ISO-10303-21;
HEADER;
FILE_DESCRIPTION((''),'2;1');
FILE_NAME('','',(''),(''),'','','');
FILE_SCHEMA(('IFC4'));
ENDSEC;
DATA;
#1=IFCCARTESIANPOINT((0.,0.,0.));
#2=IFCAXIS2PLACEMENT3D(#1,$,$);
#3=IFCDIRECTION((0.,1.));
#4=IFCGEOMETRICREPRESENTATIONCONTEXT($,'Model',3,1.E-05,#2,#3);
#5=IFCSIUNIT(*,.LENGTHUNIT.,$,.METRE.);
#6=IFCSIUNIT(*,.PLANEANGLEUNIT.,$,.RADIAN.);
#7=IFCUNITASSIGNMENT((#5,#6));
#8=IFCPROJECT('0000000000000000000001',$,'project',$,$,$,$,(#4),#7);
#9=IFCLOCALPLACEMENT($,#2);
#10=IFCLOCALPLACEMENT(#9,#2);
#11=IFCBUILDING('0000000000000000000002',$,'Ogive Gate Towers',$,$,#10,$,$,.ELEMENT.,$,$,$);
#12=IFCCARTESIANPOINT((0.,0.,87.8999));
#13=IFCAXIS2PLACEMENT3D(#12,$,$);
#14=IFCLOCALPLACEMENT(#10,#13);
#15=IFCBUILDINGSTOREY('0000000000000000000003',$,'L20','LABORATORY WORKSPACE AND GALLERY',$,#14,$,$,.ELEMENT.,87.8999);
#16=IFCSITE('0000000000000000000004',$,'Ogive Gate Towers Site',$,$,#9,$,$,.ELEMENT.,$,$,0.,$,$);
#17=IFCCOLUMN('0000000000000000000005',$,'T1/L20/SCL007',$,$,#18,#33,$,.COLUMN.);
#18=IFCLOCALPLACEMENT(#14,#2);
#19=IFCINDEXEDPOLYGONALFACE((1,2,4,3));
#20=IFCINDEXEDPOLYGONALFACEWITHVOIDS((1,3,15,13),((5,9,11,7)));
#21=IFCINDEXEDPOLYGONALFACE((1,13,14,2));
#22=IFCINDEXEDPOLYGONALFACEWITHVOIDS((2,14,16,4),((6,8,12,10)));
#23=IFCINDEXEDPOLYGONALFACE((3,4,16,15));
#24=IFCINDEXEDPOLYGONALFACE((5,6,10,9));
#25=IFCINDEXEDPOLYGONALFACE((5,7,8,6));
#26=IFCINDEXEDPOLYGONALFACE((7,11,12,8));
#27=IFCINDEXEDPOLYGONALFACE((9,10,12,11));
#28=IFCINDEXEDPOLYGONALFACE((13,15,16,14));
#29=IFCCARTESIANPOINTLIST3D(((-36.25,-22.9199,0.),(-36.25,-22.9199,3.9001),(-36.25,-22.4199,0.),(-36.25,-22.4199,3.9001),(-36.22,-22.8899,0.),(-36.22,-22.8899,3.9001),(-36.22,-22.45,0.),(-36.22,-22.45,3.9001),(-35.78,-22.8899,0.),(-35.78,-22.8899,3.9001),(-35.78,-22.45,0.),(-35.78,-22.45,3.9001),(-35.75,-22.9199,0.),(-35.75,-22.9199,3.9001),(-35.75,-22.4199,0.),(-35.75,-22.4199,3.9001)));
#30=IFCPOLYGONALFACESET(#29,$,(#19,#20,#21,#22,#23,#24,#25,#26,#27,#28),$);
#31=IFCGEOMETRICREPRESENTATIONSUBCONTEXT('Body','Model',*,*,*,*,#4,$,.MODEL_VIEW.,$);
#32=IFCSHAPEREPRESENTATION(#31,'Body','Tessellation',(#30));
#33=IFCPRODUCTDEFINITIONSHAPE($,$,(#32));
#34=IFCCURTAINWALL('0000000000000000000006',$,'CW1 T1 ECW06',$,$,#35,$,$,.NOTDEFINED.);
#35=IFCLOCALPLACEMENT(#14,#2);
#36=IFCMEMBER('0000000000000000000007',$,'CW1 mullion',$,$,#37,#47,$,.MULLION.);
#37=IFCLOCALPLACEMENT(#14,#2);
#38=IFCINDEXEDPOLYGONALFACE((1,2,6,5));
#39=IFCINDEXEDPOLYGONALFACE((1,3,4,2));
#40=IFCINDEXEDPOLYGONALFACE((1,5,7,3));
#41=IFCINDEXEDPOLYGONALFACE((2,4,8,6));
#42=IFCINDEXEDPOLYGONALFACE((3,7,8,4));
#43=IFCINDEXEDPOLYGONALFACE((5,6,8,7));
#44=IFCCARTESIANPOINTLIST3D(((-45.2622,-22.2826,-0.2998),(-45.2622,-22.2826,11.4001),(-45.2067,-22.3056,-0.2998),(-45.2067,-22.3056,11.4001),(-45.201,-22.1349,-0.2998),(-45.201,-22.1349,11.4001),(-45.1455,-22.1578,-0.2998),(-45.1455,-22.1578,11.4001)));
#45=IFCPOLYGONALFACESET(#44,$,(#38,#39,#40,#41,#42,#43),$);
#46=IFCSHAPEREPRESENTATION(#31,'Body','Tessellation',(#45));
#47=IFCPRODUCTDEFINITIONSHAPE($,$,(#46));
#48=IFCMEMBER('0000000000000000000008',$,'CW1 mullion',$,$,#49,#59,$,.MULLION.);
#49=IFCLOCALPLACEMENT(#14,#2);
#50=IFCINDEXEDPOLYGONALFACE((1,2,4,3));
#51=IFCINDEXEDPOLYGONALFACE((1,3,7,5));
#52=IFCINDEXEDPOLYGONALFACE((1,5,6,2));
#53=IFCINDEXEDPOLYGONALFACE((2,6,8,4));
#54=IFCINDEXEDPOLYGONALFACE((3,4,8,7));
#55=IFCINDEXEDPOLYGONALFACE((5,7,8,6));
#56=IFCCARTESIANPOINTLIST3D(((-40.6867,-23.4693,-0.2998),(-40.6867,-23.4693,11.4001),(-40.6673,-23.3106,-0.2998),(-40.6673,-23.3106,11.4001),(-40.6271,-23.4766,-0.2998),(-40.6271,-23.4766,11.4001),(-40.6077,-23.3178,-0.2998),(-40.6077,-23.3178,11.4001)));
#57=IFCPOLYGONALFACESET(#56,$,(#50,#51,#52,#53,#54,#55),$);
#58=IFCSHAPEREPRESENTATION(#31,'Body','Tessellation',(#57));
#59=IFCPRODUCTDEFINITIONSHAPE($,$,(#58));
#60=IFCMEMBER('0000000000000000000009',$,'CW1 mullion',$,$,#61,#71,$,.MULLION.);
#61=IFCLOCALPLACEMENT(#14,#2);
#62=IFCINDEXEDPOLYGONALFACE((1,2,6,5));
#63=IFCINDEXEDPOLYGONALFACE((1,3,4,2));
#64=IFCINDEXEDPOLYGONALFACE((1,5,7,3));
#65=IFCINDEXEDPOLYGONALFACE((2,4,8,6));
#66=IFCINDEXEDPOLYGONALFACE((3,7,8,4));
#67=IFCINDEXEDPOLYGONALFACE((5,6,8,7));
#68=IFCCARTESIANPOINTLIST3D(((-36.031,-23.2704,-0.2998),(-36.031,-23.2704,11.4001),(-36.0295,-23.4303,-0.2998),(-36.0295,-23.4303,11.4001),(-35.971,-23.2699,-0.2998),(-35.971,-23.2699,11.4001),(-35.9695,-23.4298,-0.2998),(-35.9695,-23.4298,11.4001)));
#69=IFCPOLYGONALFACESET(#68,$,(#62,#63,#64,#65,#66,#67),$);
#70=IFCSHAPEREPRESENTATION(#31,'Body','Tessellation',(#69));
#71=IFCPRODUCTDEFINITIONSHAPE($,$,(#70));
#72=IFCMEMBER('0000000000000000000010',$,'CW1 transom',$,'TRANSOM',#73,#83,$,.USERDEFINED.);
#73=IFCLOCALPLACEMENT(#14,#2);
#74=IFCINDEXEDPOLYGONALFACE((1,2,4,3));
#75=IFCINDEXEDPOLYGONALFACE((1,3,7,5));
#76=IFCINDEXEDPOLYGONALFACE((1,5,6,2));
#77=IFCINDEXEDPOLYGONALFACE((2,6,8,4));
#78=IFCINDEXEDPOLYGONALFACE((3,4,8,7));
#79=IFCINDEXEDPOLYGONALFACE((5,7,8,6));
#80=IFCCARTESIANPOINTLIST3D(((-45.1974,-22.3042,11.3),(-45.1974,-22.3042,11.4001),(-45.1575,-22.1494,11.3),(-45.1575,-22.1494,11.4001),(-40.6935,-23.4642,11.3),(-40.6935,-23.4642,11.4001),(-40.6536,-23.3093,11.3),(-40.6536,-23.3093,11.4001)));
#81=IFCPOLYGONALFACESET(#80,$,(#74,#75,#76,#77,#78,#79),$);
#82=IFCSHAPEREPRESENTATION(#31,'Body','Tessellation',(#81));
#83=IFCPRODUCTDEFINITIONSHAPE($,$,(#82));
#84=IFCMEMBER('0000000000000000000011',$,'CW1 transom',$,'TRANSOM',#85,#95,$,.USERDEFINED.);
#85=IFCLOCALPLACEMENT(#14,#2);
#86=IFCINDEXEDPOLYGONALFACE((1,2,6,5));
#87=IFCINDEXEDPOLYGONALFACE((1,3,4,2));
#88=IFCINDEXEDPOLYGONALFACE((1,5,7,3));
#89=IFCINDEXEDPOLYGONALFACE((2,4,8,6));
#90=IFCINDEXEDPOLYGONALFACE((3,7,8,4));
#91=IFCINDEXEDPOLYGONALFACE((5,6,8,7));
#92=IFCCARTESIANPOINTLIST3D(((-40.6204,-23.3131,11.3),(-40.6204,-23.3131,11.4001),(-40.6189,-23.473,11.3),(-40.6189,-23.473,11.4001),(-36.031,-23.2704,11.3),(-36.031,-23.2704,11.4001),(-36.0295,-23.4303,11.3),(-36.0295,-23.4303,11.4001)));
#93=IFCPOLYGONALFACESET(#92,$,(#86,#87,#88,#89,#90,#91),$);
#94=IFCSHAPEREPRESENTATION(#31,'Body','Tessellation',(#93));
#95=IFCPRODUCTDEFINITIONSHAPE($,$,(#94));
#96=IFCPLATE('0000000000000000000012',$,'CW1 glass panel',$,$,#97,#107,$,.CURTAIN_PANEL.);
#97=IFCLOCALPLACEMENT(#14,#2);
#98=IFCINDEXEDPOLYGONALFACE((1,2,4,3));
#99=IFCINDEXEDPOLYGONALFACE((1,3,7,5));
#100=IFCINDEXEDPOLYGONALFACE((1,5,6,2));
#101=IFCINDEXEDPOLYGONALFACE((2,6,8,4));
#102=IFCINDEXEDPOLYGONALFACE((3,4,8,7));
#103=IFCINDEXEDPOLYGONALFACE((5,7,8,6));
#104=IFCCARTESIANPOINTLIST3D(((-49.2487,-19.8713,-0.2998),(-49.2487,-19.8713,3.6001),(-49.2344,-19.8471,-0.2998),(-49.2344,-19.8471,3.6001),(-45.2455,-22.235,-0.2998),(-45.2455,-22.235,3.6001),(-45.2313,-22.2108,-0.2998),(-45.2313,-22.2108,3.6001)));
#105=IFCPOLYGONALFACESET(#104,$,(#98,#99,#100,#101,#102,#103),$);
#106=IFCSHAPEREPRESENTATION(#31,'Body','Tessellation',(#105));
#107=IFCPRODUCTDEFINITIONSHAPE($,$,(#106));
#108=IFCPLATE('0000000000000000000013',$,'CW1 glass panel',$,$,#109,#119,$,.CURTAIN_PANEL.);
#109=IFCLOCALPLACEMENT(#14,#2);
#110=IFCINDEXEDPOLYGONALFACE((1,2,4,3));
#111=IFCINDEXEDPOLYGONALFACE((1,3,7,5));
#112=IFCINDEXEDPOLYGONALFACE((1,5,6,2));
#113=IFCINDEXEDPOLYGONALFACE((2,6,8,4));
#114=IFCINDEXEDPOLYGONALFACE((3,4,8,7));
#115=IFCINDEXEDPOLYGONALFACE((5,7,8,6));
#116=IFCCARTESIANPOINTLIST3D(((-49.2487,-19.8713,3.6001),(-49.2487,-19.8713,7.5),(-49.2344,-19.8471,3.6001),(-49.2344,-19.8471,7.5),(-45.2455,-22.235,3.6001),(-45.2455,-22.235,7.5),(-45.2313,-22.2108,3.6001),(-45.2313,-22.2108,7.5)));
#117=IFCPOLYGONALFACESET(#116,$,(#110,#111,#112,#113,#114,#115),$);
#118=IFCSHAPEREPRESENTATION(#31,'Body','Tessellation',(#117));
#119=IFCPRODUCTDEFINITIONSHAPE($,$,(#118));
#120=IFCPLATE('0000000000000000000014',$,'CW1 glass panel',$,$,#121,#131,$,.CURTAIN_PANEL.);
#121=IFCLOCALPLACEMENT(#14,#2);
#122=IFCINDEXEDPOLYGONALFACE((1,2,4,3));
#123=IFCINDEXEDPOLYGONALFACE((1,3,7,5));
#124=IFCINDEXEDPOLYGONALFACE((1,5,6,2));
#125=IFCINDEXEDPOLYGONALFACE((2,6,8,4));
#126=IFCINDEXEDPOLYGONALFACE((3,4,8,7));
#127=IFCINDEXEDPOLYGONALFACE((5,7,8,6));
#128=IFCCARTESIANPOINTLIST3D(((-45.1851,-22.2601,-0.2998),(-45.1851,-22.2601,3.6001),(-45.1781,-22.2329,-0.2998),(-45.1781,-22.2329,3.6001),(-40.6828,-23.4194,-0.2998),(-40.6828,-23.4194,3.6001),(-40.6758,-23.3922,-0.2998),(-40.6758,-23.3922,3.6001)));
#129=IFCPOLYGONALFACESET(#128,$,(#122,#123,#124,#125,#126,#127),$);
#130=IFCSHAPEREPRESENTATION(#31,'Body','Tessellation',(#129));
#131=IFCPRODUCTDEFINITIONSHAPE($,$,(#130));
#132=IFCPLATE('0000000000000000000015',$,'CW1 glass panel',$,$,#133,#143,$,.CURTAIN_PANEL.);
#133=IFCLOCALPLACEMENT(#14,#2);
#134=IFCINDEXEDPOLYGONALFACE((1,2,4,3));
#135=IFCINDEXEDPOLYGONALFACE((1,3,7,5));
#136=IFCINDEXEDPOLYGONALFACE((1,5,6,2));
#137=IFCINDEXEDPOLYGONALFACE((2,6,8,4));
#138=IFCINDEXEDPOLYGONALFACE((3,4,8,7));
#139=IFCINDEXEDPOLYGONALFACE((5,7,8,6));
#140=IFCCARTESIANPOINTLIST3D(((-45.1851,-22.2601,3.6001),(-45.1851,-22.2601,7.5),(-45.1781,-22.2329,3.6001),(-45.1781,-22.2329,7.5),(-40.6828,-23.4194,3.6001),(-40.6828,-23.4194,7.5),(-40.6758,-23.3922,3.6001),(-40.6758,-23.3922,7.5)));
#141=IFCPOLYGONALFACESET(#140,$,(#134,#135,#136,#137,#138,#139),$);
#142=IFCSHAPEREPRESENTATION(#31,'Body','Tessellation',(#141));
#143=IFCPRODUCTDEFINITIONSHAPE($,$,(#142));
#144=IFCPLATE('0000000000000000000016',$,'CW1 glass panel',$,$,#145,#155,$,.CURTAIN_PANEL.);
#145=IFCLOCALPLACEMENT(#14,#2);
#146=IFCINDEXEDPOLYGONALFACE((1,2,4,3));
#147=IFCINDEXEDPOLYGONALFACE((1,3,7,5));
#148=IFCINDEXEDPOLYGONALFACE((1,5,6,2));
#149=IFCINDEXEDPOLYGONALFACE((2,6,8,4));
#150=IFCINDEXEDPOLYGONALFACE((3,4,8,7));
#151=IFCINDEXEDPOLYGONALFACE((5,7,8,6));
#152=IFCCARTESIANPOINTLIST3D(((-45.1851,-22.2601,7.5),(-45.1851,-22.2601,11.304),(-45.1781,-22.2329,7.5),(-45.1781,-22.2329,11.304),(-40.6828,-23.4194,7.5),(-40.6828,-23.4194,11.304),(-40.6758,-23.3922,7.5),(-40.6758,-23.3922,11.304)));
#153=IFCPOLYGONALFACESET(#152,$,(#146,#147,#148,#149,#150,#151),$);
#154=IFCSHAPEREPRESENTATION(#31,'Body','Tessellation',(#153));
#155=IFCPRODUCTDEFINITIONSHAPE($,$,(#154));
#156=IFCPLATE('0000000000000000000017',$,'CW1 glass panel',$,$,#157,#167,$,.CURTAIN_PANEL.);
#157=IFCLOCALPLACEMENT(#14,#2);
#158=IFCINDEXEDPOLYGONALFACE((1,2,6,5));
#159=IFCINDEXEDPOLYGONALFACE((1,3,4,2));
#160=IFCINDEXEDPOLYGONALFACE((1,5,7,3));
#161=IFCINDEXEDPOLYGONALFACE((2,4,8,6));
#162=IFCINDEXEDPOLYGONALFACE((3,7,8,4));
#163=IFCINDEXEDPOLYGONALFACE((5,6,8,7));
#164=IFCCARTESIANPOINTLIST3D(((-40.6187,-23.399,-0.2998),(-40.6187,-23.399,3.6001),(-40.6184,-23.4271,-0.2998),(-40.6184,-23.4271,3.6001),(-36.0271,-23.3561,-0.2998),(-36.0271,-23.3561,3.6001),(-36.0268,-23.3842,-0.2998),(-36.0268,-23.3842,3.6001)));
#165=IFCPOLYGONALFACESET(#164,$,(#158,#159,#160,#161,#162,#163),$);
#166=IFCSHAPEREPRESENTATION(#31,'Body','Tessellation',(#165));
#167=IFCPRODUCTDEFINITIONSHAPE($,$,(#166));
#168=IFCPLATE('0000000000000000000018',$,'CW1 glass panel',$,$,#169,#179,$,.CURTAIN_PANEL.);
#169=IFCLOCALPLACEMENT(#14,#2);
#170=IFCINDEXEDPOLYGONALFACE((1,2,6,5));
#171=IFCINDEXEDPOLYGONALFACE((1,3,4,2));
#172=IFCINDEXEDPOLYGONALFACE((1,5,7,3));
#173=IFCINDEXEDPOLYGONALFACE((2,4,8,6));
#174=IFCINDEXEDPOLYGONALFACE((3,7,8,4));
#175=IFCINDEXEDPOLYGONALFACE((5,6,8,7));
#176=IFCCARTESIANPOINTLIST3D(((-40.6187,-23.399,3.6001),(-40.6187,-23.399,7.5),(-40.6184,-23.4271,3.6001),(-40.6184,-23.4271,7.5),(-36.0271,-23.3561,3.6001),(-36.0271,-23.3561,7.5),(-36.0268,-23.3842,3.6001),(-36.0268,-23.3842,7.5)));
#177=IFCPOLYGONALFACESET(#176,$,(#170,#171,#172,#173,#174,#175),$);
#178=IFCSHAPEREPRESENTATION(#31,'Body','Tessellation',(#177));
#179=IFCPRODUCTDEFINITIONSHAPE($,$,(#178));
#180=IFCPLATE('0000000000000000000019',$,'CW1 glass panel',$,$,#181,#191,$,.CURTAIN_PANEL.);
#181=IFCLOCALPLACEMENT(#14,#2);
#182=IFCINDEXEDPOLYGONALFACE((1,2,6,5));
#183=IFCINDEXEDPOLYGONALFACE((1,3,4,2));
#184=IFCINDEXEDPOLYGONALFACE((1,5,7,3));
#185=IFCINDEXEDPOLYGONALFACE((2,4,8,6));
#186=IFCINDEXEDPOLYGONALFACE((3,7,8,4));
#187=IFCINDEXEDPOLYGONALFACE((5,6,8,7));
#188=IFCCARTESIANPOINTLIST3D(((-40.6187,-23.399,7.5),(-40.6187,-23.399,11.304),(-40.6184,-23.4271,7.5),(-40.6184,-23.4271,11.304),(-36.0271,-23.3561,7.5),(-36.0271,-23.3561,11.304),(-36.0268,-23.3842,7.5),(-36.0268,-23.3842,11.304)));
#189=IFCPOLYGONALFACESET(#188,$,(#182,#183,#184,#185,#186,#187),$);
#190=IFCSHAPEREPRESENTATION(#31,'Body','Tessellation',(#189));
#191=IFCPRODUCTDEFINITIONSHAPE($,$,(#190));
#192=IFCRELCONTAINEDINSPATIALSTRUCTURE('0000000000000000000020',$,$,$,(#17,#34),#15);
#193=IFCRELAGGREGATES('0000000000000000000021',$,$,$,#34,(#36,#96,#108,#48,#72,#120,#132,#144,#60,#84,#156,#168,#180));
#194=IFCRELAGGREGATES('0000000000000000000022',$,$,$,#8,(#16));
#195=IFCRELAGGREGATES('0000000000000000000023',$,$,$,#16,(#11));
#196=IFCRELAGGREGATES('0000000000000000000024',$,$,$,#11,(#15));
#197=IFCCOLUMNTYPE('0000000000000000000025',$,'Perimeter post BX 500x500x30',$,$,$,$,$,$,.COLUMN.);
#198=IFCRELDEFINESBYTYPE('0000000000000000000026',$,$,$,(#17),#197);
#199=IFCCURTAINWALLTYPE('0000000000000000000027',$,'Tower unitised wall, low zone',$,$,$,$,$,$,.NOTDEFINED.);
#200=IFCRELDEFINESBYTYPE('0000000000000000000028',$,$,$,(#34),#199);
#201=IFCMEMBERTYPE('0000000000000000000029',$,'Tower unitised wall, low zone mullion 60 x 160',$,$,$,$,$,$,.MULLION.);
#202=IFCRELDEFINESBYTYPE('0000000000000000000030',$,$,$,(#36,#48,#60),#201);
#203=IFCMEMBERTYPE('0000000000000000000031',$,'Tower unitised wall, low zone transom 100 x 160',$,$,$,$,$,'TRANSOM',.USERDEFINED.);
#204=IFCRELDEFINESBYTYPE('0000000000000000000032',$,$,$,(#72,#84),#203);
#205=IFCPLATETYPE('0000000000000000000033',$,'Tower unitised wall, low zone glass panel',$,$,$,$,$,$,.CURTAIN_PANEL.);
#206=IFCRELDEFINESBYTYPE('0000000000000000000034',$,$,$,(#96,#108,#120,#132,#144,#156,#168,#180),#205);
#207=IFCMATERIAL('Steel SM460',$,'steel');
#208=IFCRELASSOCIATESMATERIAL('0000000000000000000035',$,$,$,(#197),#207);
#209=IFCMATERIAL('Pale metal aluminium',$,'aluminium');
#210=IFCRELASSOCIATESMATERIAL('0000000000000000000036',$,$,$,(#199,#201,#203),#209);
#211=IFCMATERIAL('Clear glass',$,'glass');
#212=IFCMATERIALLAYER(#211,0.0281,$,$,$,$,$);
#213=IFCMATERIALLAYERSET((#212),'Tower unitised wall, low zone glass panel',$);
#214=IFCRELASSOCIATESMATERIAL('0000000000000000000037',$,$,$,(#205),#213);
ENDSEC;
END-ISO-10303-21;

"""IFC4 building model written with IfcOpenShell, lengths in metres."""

from ifc_helpers import new_model, si_unit, direction, frame, origin, origin_2d, place, context, subcontext, project, spatial, rectangle, hollow_rectangle, extrude, material, layer, layer_set, material_profile, profile_set, type_object, element, aggregate, save


model = new_model("IFC4")

# Units and contexts
model_context = context("Model", 3, precision=1e-05, world=origin(), true_north=direction((0.0, 1.0)))
body_context = subcontext(model_context, "Body", "Model", "MODEL_VIEW")
ifc_project = project(units=[si_unit("LENGTHUNIT", "METRE"), si_unit("PLANEANGLEUNIT", "RADIAN")], contexts=[model_context])

# Site, building, storey
site_placement = place(None, origin())
site = spatial("IfcSite", under=ifc_project, at=site_placement, Name="Ogive Gate Towers Site", CompositionType="ELEMENT", RefElevation=0.0)
building_placement = place(site_placement, origin())
building = spatial("IfcBuilding", under=site, at=building_placement, Name="Ogive Gate Towers", CompositionType="ELEMENT")
storey_placement = place(building_placement, frame((0.0, 0.0, 87.8999)))
storey = spatial("IfcBuildingStorey", under=building, at=storey_placement, Name="L20", Description="LABORATORY WORKSPACE AND GALLERY", CompositionType="ELEMENT", Elevation=87.8999)

# Column
ifc_material_1 = material(Name="Steel SM460", Category="steel")
ifc_material_profile_1 = material_profile(ifc_material_1, hollow_rectangle(XDim=0.5, YDim=0.5, WallThickness=0.03, at=origin_2d()), Name="BX 500x500x30")
ifc_profile_set_1 = profile_set([ifc_material_profile_1], Name="Steel SM460")
column_type = type_object("IfcColumnType", Name="Perimeter post BX 500x500x30", PredefinedType="COLUMN", material=ifc_profile_set_1)
column_placement = place(storey_placement, frame((-36.0, -22.6699, 0.0), z_axis=(0.0, 0.0, 1.0), x_axis=(1.0, 0.0, 0.0)))
element("IfcColumn", 1, at=column_placement, inside=storey, type_object=column_type, Name="T1/L20/SCL007", PredefinedType="COLUMN", context=body_context, shape_type="SweptSolid", body=[
    extrude(hollow_rectangle(XDim=0.5, YDim=0.5, WallThickness=0.03, at=origin_2d()), origin(), (0.0, 0.0, 1.0), 3.9001),
])

# Curtain wall, members, plates
ifc_material_2 = material(Name="Pale metal aluminium", Category="aluminium")
curtain_wall_type = type_object("IfcCurtainWallType", Name="Tower unitised wall, low zone", PredefinedType="NOTDEFINED", material=ifc_material_2)
curtain_wall_placement = place(storey_placement, origin())
curtain_wall = element("IfcCurtainWall", 2, at=curtain_wall_placement, inside=storey, type_object=curtain_wall_type, Name="CW1 T1 ECW06", PredefinedType="NOTDEFINED")
ifc_material_profile_2 = material_profile(ifc_material_2, rectangle(XDim=0.1599, YDim=0.0601, at=origin_2d()), Name="60 x 160 aluminium box")
ifc_profile_set_2 = profile_set([ifc_material_profile_2], Name="Pale metal aluminium")
member_type_1 = type_object("IfcMemberType", Name="Tower unitised wall, low zone mullion 60 x 160", PredefinedType="MULLION", material=ifc_profile_set_2)
member_1_placement = place(storey_placement, frame((-45.2039, -22.2202, -0.2998), z_axis=(0.0, 0.0, 1.0), x_axis=(-0.382683, -0.92388, 0.0)))
member_1 = element("IfcMember", 3, at=member_1_placement, type_object=member_type_1, Name="CW1 mullion", PredefinedType="MULLION", context=body_context, shape_type="SweptSolid", body=[
    extrude(rectangle(XDim=0.1599, YDim=0.0601, at=origin_2d()), origin(), (0.0, 0.0, 1.0), 11.7),
])
member_2_placement = place(storey_placement, frame((-40.6472, -23.3936, -0.2998), z_axis=(0.0, 0.0, 1.0), x_axis=(-0.121038, -0.992648, 0.0)))
member_2 = element("IfcMember", 4, at=member_2_placement, type_object=member_type_1, Name="CW1 mullion", PredefinedType="MULLION", context=body_context, shape_type="SweptSolid", body=[
    extrude(rectangle(XDim=0.1599, YDim=0.0601, at=origin_2d()), origin(), (0.0, 0.0, 1.0), 11.7),
])
member_3_placement = place(storey_placement, frame((-36.0002, -23.3501, -0.2998), z_axis=(0.0, 0.0, 1.0), x_axis=(0.009337, -0.999956, 0.0)))
member_3 = element("IfcMember", 5, at=member_3_placement, type_object=member_type_1, Name="CW1 mullion", PredefinedType="MULLION", context=body_context, shape_type="SweptSolid", body=[
    extrude(rectangle(XDim=0.1599, YDim=0.0601, at=origin_2d()), origin(), (0.0, 0.0, 1.0), 11.7),
])
ifc_material_profile_3 = material_profile(ifc_material_2, rectangle(XDim=0.1599, YDim=0.1001, at=origin_2d()), Name="100 x 160 aluminium box")
ifc_profile_set_3 = profile_set([ifc_material_profile_3], Name="Pale metal aluminium")
member_type_2 = type_object("IfcMemberType", Name="Tower unitised wall, low zone transom 100 x 160", ElementType="TRANSOM", PredefinedType="USERDEFINED", material=ifc_profile_set_3)
member_4_placement = place(storey_placement, frame((-45.1775, -22.2268, 11.3501), z_axis=(0.968401, -0.249397, 0.0), x_axis=(0.249397, 0.968401, 0.0)))
member_4 = element("IfcMember", 6, at=member_4_placement, type_object=member_type_2, Name="CW1 transom", ObjectType="TRANSOM", PredefinedType="USERDEFINED", context=body_context, shape_type="SweptSolid", body=[
    extrude(rectangle(XDim=0.1599, YDim=0.1001, at=origin_2d()), origin(), (0.0, 0.0, 1.0), 4.6509),
])
member_5_placement = place(storey_placement, frame((-40.6196, -23.3931, 11.3501), z_axis=(0.999957, 0.009309, 0.0), x_axis=(-0.009309, 0.999957, 0.0)))
member_5 = element("IfcMember", 7, at=member_5_placement, type_object=member_type_2, Name="CW1 transom", ObjectType="TRANSOM", PredefinedType="USERDEFINED", context=body_context, shape_type="SweptSolid", body=[
    extrude(rectangle(XDim=0.1599, YDim=0.1001, at=origin_2d()), origin(), (0.0, 0.0, 1.0), 4.5896),
])
ifc_material_3 = material(Name="Clear glass", Category="glass")
ifc_layer_1 = layer(ifc_material_3, 0.0281)
ifc_layer_set_1 = layer_set([ifc_layer_1], Name="Tower unitised wall, low zone glass panel")
plate_type = type_object("IfcPlateType", Name="Tower unitised wall, low zone glass panel", PredefinedType="CURTAIN_PANEL", material=ifc_layer_set_1)
plate_1_placement = place(storey_placement, frame((-47.24, -21.041, -0.2998), z_axis=(0.0, 0.0, 1.0), x_axis=(0.861097, -0.50844, 0.0)))
plate_1 = element("IfcPlate", 8, at=plate_1_placement, type_object=plate_type, Name="CW1 glass panel", PredefinedType="CURTAIN_PANEL", context=body_context, shape_type="SweptSolid", body=[
    extrude(rectangle(XDim=4.6489, YDim=0.0281, at=origin_2d()), origin(), (0.0, 0.0, 1.0), 3.8999),
])
plate_2_placement = place(storey_placement, frame((-47.24, -21.041, 3.6001), z_axis=(0.0, 0.0, 1.0), x_axis=(0.861097, -0.50844, 0.0)))
plate_2 = element("IfcPlate", 9, at=plate_2_placement, type_object=plate_type, Name="CW1 glass panel", PredefinedType="CURTAIN_PANEL", context=body_context, shape_type="SweptSolid", body=[
    extrude(rectangle(XDim=4.6489, YDim=0.0281, at=origin_2d()), origin(), (0.0, 0.0, 1.0), 3.8999),
])
plate_3_placement = place(storey_placement, frame((-42.9304, -22.8262, -0.2998), z_axis=(0.0, 0.0, 1.0), x_axis=(0.968414, -0.249349, 0.0)))
plate_3 = element("IfcPlate", 10, at=plate_3_placement, type_object=plate_type, Name="CW1 glass panel", PredefinedType="CURTAIN_PANEL", context=body_context, shape_type="SweptSolid", body=[
    extrude(rectangle(XDim=4.6492, YDim=0.0281, at=origin_2d()), origin(), (0.0, 0.0, 1.0), 3.8999),
])
plate_4_placement = place(storey_placement, frame((-42.9304, -22.8262, 3.6001), z_axis=(0.0, 0.0, 1.0), x_axis=(0.968414, -0.249349, 0.0)))
plate_4 = element("IfcPlate", 11, at=plate_4_placement, type_object=plate_type, Name="CW1 glass panel", PredefinedType="CURTAIN_PANEL", context=body_context, shape_type="SweptSolid", body=[
    extrude(rectangle(XDim=4.6492, YDim=0.0281, at=origin_2d()), origin(), (0.0, 0.0, 1.0), 3.8999),
])
plate_5_placement = place(storey_placement, frame((-42.9304, -22.8262, 7.5), z_axis=(0.0, 0.0, 1.0), x_axis=(0.968414, -0.249349, 0.0)))
plate_5 = element("IfcPlate", 12, at=plate_5_placement, type_object=plate_type, Name="CW1 glass panel", PredefinedType="CURTAIN_PANEL", context=body_context, shape_type="SweptSolid", body=[
    extrude(rectangle(XDim=4.6492, YDim=0.0281, at=origin_2d()), origin(), (0.0, 0.0, 1.0), 3.804),
])
plate_6_placement = place(storey_placement, frame((-38.3228, -23.3916, -0.2998), z_axis=(0.0, 0.0, 1.0), x_axis=(0.999956, 0.009337, 0.0)))
plate_6 = element("IfcPlate", 13, at=plate_6_placement, type_object=plate_type, Name="CW1 glass panel", PredefinedType="CURTAIN_PANEL", context=body_context, shape_type="SweptSolid", body=[
    extrude(rectangle(XDim=4.5918, YDim=0.0281, at=origin_2d()), origin(), (0.0, 0.0, 1.0), 3.8999),
])
plate_7_placement = place(storey_placement, frame((-38.3228, -23.3916, 3.6001), z_axis=(0.0, 0.0, 1.0), x_axis=(0.999956, 0.009337, 0.0)))
plate_7 = element("IfcPlate", 14, at=plate_7_placement, type_object=plate_type, Name="CW1 glass panel", PredefinedType="CURTAIN_PANEL", context=body_context, shape_type="SweptSolid", body=[
    extrude(rectangle(XDim=4.5918, YDim=0.0281, at=origin_2d()), origin(), (0.0, 0.0, 1.0), 3.8999),
])
plate_8_placement = place(storey_placement, frame((-38.3228, -23.3916, 7.5), z_axis=(0.0, 0.0, 1.0), x_axis=(0.999956, 0.009337, 0.0)))
plate_8 = element("IfcPlate", 15, at=plate_8_placement, type_object=plate_type, Name="CW1 glass panel", PredefinedType="CURTAIN_PANEL", context=body_context, shape_type="SweptSolid", body=[
    extrude(rectangle(XDim=4.5918, YDim=0.0281, at=origin_2d()), origin(), (0.0, 0.0, 1.0), 3.804),
])
aggregate(curtain_wall, [member_1, plate_1, plate_2, member_2, member_4, plate_3, plate_4, plate_5, member_3, member_5, plate_6, plate_7, plate_8])

save(model, "model.ifc")
